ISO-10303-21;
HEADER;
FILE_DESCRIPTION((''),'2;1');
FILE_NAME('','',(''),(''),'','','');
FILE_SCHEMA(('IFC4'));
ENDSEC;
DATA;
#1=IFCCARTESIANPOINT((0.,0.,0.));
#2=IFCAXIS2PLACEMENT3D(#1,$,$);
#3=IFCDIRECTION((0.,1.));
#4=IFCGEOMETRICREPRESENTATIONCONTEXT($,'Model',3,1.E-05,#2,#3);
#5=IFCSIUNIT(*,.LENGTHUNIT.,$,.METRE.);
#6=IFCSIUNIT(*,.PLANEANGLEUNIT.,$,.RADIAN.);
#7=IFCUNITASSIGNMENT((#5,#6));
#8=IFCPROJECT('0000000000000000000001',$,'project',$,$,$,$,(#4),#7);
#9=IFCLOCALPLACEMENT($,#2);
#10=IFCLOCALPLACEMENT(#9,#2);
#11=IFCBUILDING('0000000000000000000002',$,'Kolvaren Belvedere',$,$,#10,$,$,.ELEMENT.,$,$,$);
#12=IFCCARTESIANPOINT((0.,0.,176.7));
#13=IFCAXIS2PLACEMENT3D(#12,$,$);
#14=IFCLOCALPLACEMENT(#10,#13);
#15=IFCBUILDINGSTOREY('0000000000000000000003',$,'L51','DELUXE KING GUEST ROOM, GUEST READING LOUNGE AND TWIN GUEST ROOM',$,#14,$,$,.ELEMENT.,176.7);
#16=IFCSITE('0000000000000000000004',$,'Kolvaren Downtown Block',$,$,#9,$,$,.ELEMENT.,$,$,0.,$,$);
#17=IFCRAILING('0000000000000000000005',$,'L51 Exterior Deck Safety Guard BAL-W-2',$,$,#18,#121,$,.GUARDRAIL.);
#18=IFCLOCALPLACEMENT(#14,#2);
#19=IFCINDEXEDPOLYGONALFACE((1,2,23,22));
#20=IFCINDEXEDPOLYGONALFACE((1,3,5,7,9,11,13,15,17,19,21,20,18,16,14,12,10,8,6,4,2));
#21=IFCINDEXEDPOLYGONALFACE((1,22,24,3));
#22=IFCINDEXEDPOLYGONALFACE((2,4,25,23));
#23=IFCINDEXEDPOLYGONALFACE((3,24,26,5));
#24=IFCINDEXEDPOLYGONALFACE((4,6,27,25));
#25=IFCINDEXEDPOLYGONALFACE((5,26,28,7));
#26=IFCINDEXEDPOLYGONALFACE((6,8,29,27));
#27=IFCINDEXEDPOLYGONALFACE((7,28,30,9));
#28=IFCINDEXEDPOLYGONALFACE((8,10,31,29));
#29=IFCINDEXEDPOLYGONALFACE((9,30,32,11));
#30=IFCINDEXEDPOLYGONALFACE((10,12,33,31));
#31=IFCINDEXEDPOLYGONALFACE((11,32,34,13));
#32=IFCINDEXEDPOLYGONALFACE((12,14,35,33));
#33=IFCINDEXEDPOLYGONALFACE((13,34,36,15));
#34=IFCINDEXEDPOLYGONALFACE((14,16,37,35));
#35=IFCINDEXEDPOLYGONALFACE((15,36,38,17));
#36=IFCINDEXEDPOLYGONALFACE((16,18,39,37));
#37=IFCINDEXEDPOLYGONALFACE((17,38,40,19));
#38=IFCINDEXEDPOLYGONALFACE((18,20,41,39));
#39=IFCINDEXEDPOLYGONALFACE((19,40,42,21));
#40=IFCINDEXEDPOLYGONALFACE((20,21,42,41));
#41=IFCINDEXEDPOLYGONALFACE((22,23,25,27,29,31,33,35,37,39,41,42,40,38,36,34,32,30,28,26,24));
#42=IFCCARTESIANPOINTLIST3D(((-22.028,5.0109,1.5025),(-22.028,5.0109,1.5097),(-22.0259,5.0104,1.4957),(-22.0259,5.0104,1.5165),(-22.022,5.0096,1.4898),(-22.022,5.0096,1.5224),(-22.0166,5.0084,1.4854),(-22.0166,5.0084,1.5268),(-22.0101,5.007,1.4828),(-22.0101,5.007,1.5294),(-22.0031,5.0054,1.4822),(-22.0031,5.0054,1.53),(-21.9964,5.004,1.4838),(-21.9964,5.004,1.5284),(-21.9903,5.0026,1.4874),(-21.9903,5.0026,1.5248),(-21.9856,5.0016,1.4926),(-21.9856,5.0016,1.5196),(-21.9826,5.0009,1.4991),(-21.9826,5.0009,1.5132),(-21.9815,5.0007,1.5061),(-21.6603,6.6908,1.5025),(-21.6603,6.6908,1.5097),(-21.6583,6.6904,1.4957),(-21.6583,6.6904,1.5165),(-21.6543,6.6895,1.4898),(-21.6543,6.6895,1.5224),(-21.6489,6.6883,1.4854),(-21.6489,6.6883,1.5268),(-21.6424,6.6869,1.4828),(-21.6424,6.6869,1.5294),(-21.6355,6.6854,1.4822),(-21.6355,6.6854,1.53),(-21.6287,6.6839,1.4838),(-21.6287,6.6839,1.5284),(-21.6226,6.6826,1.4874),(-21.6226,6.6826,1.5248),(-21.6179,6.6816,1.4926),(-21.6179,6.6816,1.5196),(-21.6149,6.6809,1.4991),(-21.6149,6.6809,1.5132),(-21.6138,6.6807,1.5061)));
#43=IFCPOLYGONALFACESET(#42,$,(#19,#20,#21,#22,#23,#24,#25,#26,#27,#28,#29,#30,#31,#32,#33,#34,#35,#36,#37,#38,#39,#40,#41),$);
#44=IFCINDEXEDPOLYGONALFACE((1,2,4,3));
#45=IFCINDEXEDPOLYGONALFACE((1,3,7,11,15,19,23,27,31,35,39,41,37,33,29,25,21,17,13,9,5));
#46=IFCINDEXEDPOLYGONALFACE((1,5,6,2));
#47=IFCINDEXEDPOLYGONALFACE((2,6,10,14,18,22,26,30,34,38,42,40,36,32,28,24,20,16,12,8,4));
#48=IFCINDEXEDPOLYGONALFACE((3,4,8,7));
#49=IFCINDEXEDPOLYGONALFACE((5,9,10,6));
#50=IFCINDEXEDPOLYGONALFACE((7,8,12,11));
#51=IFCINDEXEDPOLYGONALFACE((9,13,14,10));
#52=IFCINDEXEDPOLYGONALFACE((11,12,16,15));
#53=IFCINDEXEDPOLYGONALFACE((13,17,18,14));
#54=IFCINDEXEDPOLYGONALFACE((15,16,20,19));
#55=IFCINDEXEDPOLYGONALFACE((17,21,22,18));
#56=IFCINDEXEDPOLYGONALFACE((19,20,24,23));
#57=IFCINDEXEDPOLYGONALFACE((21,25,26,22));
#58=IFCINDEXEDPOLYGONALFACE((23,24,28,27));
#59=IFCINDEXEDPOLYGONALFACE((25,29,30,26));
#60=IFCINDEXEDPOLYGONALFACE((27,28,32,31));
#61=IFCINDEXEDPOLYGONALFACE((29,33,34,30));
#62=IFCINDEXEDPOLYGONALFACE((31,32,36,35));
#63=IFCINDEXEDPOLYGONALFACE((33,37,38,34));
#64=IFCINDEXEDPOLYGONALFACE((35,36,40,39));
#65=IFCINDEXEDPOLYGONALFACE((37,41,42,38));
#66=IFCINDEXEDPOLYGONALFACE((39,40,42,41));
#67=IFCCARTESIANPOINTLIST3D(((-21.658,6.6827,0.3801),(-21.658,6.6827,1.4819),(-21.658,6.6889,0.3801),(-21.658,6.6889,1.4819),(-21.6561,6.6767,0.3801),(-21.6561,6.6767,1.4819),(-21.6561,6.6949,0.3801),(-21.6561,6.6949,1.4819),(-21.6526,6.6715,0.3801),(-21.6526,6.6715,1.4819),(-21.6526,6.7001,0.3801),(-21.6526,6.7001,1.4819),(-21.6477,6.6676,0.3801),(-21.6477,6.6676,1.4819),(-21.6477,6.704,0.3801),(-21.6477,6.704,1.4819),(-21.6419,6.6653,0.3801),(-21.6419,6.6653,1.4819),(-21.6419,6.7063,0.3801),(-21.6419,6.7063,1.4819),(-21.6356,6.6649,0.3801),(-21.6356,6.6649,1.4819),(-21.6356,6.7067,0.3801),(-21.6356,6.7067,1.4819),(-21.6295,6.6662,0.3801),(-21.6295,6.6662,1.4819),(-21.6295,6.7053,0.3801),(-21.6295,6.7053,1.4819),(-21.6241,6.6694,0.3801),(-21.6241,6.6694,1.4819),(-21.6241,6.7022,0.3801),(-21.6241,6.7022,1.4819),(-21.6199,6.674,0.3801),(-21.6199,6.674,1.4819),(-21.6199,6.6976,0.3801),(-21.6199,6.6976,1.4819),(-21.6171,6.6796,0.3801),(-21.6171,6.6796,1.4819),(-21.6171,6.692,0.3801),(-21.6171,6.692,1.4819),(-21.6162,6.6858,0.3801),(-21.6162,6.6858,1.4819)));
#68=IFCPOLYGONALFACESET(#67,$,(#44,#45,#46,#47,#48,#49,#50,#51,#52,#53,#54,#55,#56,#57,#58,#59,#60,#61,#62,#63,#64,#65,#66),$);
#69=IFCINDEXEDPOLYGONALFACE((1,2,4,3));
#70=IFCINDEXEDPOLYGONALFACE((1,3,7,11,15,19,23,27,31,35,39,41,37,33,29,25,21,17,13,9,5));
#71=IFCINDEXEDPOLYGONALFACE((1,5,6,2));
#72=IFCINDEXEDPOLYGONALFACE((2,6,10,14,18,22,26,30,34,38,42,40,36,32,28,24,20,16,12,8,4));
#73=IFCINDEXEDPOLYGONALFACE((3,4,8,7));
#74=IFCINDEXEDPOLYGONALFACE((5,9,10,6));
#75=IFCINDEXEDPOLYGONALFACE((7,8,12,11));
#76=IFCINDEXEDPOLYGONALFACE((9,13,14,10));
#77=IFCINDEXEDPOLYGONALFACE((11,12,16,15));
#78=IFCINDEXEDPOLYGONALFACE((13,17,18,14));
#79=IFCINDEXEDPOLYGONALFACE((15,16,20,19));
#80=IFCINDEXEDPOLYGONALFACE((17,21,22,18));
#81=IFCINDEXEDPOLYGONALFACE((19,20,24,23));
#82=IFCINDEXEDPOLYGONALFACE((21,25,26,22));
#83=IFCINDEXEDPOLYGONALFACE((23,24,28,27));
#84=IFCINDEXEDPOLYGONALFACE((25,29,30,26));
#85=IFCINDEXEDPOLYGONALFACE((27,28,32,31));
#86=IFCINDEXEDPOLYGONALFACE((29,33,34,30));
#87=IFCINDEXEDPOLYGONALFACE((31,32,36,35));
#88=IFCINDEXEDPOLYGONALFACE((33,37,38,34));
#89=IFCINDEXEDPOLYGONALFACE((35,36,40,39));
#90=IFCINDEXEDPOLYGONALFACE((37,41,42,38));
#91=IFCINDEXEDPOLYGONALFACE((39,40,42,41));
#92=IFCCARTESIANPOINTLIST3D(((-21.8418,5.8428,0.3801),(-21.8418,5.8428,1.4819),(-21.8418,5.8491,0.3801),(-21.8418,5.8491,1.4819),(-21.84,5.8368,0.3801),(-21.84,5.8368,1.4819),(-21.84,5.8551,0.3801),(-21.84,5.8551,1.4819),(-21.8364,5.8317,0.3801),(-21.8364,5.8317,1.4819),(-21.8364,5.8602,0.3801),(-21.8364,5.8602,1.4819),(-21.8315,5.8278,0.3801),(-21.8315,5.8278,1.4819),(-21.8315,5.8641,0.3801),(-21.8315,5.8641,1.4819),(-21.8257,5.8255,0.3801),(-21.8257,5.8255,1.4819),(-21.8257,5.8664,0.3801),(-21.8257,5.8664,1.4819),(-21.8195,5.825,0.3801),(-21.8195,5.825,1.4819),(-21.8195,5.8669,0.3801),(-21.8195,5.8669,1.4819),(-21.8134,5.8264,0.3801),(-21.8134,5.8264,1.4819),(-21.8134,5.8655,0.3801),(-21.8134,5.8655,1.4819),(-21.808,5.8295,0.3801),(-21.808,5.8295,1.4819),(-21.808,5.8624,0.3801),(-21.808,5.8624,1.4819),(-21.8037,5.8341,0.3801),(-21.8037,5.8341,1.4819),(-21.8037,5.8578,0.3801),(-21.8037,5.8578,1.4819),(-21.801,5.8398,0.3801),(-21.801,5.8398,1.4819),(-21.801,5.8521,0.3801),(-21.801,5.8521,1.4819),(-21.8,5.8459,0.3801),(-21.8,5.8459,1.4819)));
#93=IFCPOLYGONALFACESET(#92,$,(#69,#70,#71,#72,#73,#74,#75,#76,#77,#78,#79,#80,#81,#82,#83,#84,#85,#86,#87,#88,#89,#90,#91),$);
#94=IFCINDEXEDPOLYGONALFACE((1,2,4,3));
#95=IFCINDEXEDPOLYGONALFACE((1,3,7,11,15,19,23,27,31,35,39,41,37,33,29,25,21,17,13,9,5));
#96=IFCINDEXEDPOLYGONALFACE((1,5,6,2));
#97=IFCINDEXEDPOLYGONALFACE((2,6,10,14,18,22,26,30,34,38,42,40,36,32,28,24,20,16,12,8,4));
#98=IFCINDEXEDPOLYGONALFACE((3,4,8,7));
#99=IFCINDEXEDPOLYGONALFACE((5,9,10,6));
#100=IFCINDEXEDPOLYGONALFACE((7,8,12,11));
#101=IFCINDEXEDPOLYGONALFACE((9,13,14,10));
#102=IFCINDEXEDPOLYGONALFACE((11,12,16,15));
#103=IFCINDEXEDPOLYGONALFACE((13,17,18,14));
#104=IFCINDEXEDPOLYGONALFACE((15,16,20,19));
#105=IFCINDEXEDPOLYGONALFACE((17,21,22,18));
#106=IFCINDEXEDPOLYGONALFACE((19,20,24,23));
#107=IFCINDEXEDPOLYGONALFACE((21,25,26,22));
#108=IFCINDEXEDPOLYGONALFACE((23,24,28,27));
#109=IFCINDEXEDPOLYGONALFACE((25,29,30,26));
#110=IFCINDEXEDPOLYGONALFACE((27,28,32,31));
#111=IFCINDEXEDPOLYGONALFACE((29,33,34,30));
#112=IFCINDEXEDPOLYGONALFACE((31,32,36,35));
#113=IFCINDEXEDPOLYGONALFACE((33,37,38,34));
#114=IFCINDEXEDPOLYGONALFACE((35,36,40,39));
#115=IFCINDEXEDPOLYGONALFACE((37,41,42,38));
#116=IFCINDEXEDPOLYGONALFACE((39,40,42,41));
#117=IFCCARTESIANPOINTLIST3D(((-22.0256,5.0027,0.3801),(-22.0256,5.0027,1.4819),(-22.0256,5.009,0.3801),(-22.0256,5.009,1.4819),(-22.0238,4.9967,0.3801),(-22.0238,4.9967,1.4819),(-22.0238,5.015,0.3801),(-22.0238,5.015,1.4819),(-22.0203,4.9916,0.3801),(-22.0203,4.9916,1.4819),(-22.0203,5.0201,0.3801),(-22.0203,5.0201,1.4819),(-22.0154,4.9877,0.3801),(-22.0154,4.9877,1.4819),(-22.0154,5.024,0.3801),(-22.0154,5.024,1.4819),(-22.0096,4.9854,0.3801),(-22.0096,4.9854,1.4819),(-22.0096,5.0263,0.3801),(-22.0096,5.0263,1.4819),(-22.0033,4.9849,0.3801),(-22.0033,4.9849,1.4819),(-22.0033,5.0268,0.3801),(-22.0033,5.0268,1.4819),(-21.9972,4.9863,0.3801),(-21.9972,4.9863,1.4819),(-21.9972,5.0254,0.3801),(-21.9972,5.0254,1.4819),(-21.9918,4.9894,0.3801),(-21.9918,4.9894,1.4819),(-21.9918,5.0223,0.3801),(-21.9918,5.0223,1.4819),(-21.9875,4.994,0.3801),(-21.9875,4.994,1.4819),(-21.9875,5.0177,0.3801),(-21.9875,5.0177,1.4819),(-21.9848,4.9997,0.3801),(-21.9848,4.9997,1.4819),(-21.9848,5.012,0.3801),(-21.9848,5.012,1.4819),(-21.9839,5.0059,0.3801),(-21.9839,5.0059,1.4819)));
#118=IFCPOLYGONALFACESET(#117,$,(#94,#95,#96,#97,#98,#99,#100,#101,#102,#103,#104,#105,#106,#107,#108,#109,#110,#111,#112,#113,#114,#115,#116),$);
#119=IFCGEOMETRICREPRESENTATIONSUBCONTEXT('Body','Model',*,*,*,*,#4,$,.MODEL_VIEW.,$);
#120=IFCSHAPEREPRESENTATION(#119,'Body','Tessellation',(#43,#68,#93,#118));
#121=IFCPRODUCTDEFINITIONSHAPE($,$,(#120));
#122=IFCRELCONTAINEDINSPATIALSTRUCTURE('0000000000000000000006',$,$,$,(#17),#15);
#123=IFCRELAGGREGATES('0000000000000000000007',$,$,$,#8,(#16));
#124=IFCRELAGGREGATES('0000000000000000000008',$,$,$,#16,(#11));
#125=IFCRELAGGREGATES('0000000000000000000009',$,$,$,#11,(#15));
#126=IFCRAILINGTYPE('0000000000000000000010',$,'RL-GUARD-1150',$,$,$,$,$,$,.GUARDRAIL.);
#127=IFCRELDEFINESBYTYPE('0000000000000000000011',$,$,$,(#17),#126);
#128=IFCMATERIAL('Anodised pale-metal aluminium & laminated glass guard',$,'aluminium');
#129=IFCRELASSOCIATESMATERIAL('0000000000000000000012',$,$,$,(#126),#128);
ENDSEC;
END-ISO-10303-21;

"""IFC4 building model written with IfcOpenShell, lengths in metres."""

from ifc_helpers import new_model, si_unit, direction, frame, origin, origin_2d, place, context, subcontext, project, spatial, circle, extrude, material, type_object, element, save


model = new_model("IFC4")

# Units and contexts
model_context = context("Model", 3, precision=1e-05, world=origin(), true_north=direction((0.0, 1.0)))
body_context = subcontext(model_context, "Body", "Model", "MODEL_VIEW")
ifc_project = project(units=[si_unit("LENGTHUNIT", "METRE"), si_unit("PLANEANGLEUNIT", "RADIAN")], contexts=[model_context])

# Site, building, storey
site_placement = place(None, origin())
site = spatial("IfcSite", under=ifc_project, at=site_placement, Name="Kolvaren Downtown Block", CompositionType="ELEMENT", RefElevation=0.0)
building_placement = place(site_placement, origin())
building = spatial("IfcBuilding", under=site, at=building_placement, Name="Kolvaren Belvedere", CompositionType="ELEMENT")
storey_placement = place(building_placement, frame((0.0, 0.0, 176.7)))
storey = spatial("IfcBuildingStorey", under=building, at=storey_placement, Name="L51", Description="DELUXE KING GUEST ROOM, GUEST READING LOUNGE AND TWIN GUEST ROOM", CompositionType="ELEMENT", Elevation=176.7)

# Railing
ifc_material_1 = material(Name="Anodised pale-metal aluminium & laminated glass guard", Category="aluminium")
railing_type = type_object("IfcRailingType", Name="RL-GUARD-1150", PredefinedType="GUARDRAIL", material=ifc_material_1)
railing_1_placement = place(storey_placement, frame((-21.6372, 6.6858, 0.3801)))
element("IfcRailing", 1, at=railing_1_placement, inside=storey, type_object=railing_type, Name="L51 Exterior Deck Safety Guard BAL-W-2", PredefinedType="GUARDRAIL", context=body_context, shape_type="SweptSolid", body=[
    extrude(circle(Radius=0.0239, at=origin_2d()), frame((0.0, 0.0, 1.126), z_axis=(-0.213803, -0.976877, 0.0), x_axis=(0.976877, -0.213803, 0.0)), (0.0, 0.0, 1.0), 1.7197),
    extrude(circle(Radius=0.021, at=origin_2d()), origin(), (0.0, 0.0, 1.0), 1.1018),
    extrude(circle(Radius=0.021, at=origin_2d()), frame((-0.1838, -0.8398, 0.0)), (0.0, 0.0, 1.0), 1.1018),
    extrude(circle(Radius=0.021, at=origin_2d()), frame((-0.3677, -1.6799, 0.0)), (0.0, 0.0, 1.0), 1.1018),
])

save(model, "model.ifc")
